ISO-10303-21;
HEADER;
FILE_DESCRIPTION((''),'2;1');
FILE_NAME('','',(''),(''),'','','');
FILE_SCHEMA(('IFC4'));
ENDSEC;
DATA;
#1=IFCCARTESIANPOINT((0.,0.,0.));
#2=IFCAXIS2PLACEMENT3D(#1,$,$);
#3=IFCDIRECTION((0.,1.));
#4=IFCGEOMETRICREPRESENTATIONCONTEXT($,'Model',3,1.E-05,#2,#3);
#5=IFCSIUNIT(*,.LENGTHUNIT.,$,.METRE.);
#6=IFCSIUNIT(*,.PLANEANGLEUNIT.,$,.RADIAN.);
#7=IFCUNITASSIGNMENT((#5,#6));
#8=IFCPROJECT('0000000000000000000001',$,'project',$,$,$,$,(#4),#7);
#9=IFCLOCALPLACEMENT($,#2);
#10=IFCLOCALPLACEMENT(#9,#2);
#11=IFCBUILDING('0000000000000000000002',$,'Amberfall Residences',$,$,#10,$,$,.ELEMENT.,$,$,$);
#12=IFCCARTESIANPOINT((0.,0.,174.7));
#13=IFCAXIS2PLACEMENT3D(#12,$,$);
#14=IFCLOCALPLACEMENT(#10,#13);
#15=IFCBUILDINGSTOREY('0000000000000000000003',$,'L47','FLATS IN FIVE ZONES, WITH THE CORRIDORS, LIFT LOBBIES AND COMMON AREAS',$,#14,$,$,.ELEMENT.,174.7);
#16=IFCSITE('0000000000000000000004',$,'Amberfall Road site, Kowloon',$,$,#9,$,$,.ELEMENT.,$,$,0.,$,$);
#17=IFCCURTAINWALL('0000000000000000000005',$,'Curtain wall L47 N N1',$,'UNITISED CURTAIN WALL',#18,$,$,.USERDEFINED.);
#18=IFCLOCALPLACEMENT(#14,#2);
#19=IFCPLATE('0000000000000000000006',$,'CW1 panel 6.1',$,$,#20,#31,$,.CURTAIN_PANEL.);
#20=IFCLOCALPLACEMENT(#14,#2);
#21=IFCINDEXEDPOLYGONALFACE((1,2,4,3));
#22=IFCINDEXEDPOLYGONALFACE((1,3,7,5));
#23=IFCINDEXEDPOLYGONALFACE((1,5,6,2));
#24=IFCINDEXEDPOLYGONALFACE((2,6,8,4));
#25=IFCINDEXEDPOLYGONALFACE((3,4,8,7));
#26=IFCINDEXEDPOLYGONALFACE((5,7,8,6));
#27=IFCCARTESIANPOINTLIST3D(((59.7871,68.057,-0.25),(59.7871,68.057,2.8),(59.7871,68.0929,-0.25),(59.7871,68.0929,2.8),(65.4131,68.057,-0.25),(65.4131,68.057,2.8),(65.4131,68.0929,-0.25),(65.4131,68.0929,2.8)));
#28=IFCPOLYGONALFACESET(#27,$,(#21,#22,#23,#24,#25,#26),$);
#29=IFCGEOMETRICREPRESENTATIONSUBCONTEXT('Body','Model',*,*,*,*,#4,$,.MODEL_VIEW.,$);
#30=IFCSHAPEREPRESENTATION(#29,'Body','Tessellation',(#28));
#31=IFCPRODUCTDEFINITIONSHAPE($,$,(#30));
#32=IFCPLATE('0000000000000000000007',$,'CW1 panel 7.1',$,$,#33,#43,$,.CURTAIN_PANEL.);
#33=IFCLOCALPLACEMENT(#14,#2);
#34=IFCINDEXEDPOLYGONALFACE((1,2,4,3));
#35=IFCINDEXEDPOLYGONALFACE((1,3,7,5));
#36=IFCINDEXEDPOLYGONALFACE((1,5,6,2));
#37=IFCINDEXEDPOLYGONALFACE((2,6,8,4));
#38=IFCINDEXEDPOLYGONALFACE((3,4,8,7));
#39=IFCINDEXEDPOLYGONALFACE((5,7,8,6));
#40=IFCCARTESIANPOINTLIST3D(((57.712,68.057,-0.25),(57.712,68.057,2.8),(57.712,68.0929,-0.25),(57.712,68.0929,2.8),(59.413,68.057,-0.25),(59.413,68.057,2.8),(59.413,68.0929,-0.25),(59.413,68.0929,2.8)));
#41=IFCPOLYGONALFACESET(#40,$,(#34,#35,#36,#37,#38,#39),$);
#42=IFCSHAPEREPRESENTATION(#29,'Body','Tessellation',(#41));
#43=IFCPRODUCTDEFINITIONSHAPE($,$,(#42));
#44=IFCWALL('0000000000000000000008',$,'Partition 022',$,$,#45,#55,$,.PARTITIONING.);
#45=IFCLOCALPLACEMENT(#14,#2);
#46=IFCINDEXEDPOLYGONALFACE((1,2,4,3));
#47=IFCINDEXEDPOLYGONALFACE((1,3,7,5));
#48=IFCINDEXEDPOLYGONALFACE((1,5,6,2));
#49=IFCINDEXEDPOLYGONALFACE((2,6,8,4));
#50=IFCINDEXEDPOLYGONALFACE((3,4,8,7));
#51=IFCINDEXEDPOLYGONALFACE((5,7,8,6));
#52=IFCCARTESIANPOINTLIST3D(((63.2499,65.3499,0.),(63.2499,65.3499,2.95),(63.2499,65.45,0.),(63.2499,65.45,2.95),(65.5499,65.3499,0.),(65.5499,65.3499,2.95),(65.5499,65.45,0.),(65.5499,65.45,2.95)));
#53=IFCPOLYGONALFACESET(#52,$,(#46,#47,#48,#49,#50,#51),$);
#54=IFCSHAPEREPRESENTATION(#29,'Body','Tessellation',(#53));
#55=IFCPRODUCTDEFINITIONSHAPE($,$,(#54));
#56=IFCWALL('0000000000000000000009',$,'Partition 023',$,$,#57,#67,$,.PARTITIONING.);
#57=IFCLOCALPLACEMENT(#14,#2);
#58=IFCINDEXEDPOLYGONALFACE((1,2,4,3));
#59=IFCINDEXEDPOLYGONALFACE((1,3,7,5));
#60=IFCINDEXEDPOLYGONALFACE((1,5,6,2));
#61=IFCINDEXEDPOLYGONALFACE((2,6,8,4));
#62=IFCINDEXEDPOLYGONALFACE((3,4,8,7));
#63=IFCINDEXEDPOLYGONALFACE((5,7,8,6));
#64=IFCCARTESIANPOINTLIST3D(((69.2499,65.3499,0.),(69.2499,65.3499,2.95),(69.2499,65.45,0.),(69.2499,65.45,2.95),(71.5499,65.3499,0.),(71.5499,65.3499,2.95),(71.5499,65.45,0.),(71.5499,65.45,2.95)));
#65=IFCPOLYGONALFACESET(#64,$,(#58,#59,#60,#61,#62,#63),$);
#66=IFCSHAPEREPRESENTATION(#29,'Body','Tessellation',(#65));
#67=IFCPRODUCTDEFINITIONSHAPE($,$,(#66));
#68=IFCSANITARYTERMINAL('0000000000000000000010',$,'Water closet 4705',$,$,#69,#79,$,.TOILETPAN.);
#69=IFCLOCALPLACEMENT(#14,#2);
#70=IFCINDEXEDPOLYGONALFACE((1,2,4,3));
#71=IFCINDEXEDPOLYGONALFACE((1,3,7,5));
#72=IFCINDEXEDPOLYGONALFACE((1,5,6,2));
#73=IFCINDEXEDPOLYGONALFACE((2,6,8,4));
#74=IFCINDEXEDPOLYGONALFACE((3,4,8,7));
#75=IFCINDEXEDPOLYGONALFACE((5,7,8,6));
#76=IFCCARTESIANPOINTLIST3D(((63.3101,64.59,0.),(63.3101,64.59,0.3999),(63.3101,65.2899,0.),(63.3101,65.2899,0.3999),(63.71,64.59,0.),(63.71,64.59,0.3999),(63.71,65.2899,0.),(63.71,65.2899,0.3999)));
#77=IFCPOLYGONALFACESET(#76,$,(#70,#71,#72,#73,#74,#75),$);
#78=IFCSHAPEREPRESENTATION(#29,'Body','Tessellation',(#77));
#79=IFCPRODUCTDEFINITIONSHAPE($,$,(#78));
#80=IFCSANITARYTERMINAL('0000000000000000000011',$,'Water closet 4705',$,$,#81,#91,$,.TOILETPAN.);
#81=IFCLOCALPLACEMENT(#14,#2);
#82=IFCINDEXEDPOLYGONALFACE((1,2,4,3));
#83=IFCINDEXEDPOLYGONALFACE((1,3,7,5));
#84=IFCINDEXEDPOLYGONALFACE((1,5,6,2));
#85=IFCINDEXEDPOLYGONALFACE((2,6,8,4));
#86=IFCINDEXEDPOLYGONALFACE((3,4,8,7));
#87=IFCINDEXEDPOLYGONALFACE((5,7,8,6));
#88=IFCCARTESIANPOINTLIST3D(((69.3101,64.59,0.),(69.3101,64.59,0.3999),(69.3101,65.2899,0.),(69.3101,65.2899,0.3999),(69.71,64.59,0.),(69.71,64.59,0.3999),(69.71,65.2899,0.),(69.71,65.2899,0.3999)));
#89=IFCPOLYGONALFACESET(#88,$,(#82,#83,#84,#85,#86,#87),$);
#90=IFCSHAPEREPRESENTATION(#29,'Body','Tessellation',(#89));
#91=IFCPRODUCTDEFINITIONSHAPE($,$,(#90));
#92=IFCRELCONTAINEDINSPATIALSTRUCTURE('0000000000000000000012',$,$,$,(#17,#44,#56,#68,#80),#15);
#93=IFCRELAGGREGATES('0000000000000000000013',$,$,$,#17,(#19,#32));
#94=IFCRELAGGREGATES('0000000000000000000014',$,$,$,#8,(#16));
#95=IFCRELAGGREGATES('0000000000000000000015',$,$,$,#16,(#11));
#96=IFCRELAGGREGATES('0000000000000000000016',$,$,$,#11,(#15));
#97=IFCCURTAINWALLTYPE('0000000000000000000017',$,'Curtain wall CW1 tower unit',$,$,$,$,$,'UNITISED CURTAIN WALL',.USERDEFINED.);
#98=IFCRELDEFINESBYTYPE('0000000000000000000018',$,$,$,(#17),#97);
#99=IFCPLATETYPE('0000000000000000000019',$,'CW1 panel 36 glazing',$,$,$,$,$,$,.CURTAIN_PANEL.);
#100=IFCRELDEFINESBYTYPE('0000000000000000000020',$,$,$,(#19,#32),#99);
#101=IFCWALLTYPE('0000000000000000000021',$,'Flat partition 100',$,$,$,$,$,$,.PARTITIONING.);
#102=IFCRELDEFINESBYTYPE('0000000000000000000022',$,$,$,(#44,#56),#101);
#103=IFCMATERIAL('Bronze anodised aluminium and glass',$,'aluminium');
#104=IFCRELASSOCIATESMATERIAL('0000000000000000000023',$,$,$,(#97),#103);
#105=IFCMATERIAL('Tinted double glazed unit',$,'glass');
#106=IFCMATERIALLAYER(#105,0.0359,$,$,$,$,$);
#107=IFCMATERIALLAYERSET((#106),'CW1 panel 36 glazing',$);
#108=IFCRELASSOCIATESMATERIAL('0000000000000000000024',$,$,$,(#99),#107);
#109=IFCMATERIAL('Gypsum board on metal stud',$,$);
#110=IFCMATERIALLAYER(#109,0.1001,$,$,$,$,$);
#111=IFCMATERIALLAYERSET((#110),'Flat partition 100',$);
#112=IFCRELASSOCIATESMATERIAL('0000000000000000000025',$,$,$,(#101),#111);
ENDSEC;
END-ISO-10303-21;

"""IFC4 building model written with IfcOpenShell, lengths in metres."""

from ifc_helpers import new_model, si_unit, direction, frame, frame_2d, origin, origin_2d, place, context, subcontext, project, spatial, rectangle, extrude, material, layer, layer_set, type_object, element, aggregate, save


model = new_model("IFC4")

# Units and contexts
model_context = context("Model", 3, precision=1e-05, world=origin(), true_north=direction((0.0, 1.0)))
body_context = subcontext(model_context, "Body", "Model", "MODEL_VIEW")
ifc_project = project(units=[si_unit("LENGTHUNIT", "METRE"), si_unit("PLANEANGLEUNIT", "RADIAN")], contexts=[model_context])

# Site, building, storey
site_placement = place(None, origin())
site = spatial("IfcSite", under=ifc_project, at=site_placement, Name="Amberfall Road site, Kowloon", CompositionType="ELEMENT", RefElevation=0.0)
building_placement = place(site_placement, origin())
building = spatial("IfcBuilding", under=site, at=building_placement, Name="Amberfall Residences", CompositionType="ELEMENT")
storey_placement = place(building_placement, frame((0.0, 0.0, 174.7)))
storey = spatial("IfcBuildingStorey", under=building, at=storey_placement, Name="L47", Description="FLATS IN FIVE ZONES, WITH THE CORRIDORS, LIFT LOBBIES AND COMMON AREAS", CompositionType="ELEMENT", Elevation=174.7)

# Curtain wall
ifc_material_1 = material(Name="Bronze anodised aluminium and glass", Category="aluminium")
curtain_wall_type = type_object("IfcCurtainWallType", Name="Curtain wall CW1 tower unit", ElementType="UNITISED CURTAIN WALL", PredefinedType="USERDEFINED", material=ifc_material_1)
curtain_wall_placement = place(storey_placement, origin())
curtain_wall = element("IfcCurtainWall", 1, at=curtain_wall_placement, inside=storey, type_object=curtain_wall_type, Name="Curtain wall L47 N N1", ObjectType="UNITISED CURTAIN WALL", PredefinedType="USERDEFINED")

# Plates
ifc_material_2 = material(Name="Tinted double glazed unit", Category="glass")
ifc_layer_1 = layer(ifc_material_2, 0.0359)
ifc_layer_set_1 = layer_set([ifc_layer_1], Name="CW1 panel 36 glazing")
plate_type = type_object("IfcPlateType", Name="CW1 panel 36 glazing", PredefinedType="CURTAIN_PANEL", material=ifc_layer_set_1)
plate_1_placement = place(storey_placement, frame((62.6001, 68.075, -0.25), z_axis=(0.0, 0.0, 1.0), x_axis=(-1.0, 0.0, 0.0)))
plate_1 = element("IfcPlate", 2, at=plate_1_placement, type_object=plate_type, Name="CW1 panel 6.1", PredefinedType="CURTAIN_PANEL", context=body_context, shape_type="SweptSolid", body=[
    extrude(rectangle(XDim=5.626, YDim=0.0359, at=origin_2d()), origin(), (0.0, 0.0, 1.0), 3.05),
])
plate_2_placement = place(storey_placement, frame((58.5625, 68.075, -0.25), z_axis=(0.0, 0.0, 1.0), x_axis=(-1.0, 0.0, 0.0)))
plate_2 = element("IfcPlate", 3, at=plate_2_placement, type_object=plate_type, Name="CW1 panel 7.1", PredefinedType="CURTAIN_PANEL", context=body_context, shape_type="SweptSolid", body=[
    extrude(rectangle(XDim=1.7009, YDim=0.0359, at=origin_2d()), origin(), (0.0, 0.0, 1.0), 3.05),
])
aggregate(curtain_wall, [plate_1, plate_2])

# Walls
ifc_material_3 = material(Name="Gypsum board on metal stud")
ifc_layer_2 = layer(ifc_material_3, 0.1001)
ifc_layer_set_2 = layer_set([ifc_layer_2], Name="Flat partition 100")
wall_type = type_object("IfcWallType", Name="Flat partition 100", PredefinedType="PARTITIONING", material=ifc_layer_set_2)
for number, where, z_axis, x_axis, name in (
    (4, (63.25, 65.3999, 0.0), (0.0, 0.0, 1.0), (1.0, 0.0, 0.0), "Partition 022"),
    (5, (69.25, 65.3999, 0.0), (0.0, 0.0, 1.0), (1.0, 0.0, 0.0), "Partition 023"),
):
    element("IfcWall", number, at=place(storey_placement, frame(where, z_axis=z_axis, x_axis=x_axis)), inside=storey, type_object=wall_type, Name=name, PredefinedType="PARTITIONING", context=body_context, shape_type="SweptSolid", body=[
        extrude(rectangle(XDim=2.3, YDim=0.1001, at=frame_2d((1.1499, 0.0))), origin(), (0.0, 0.0, 1.0), 2.95),
    ])

# Sanitary terminals
for number, where, z_axis, x_axis, name in (
    (6, (63.51, 64.9399, 0.0), (0.0, 0.0, 1.0), (1.0, 0.0, 0.0), "Water closet 4705"),
    (7, (69.51, 64.9399, 0.0), (0.0, 0.0, 1.0), (1.0, 0.0, 0.0), "Water closet 4705"),
):
    element("IfcSanitaryTerminal", number, at=place(storey_placement, frame(where, z_axis=z_axis, x_axis=x_axis)), inside=storey, Name=name, PredefinedType="TOILETPAN", context=body_context, shape_type="SweptSolid", body=[
        extrude(rectangle(XDim=0.3999, YDim=0.7, at=origin_2d()), origin(), (0.0, 0.0, 1.0), 0.3999),
    ])

save(model, "model.ifc")
